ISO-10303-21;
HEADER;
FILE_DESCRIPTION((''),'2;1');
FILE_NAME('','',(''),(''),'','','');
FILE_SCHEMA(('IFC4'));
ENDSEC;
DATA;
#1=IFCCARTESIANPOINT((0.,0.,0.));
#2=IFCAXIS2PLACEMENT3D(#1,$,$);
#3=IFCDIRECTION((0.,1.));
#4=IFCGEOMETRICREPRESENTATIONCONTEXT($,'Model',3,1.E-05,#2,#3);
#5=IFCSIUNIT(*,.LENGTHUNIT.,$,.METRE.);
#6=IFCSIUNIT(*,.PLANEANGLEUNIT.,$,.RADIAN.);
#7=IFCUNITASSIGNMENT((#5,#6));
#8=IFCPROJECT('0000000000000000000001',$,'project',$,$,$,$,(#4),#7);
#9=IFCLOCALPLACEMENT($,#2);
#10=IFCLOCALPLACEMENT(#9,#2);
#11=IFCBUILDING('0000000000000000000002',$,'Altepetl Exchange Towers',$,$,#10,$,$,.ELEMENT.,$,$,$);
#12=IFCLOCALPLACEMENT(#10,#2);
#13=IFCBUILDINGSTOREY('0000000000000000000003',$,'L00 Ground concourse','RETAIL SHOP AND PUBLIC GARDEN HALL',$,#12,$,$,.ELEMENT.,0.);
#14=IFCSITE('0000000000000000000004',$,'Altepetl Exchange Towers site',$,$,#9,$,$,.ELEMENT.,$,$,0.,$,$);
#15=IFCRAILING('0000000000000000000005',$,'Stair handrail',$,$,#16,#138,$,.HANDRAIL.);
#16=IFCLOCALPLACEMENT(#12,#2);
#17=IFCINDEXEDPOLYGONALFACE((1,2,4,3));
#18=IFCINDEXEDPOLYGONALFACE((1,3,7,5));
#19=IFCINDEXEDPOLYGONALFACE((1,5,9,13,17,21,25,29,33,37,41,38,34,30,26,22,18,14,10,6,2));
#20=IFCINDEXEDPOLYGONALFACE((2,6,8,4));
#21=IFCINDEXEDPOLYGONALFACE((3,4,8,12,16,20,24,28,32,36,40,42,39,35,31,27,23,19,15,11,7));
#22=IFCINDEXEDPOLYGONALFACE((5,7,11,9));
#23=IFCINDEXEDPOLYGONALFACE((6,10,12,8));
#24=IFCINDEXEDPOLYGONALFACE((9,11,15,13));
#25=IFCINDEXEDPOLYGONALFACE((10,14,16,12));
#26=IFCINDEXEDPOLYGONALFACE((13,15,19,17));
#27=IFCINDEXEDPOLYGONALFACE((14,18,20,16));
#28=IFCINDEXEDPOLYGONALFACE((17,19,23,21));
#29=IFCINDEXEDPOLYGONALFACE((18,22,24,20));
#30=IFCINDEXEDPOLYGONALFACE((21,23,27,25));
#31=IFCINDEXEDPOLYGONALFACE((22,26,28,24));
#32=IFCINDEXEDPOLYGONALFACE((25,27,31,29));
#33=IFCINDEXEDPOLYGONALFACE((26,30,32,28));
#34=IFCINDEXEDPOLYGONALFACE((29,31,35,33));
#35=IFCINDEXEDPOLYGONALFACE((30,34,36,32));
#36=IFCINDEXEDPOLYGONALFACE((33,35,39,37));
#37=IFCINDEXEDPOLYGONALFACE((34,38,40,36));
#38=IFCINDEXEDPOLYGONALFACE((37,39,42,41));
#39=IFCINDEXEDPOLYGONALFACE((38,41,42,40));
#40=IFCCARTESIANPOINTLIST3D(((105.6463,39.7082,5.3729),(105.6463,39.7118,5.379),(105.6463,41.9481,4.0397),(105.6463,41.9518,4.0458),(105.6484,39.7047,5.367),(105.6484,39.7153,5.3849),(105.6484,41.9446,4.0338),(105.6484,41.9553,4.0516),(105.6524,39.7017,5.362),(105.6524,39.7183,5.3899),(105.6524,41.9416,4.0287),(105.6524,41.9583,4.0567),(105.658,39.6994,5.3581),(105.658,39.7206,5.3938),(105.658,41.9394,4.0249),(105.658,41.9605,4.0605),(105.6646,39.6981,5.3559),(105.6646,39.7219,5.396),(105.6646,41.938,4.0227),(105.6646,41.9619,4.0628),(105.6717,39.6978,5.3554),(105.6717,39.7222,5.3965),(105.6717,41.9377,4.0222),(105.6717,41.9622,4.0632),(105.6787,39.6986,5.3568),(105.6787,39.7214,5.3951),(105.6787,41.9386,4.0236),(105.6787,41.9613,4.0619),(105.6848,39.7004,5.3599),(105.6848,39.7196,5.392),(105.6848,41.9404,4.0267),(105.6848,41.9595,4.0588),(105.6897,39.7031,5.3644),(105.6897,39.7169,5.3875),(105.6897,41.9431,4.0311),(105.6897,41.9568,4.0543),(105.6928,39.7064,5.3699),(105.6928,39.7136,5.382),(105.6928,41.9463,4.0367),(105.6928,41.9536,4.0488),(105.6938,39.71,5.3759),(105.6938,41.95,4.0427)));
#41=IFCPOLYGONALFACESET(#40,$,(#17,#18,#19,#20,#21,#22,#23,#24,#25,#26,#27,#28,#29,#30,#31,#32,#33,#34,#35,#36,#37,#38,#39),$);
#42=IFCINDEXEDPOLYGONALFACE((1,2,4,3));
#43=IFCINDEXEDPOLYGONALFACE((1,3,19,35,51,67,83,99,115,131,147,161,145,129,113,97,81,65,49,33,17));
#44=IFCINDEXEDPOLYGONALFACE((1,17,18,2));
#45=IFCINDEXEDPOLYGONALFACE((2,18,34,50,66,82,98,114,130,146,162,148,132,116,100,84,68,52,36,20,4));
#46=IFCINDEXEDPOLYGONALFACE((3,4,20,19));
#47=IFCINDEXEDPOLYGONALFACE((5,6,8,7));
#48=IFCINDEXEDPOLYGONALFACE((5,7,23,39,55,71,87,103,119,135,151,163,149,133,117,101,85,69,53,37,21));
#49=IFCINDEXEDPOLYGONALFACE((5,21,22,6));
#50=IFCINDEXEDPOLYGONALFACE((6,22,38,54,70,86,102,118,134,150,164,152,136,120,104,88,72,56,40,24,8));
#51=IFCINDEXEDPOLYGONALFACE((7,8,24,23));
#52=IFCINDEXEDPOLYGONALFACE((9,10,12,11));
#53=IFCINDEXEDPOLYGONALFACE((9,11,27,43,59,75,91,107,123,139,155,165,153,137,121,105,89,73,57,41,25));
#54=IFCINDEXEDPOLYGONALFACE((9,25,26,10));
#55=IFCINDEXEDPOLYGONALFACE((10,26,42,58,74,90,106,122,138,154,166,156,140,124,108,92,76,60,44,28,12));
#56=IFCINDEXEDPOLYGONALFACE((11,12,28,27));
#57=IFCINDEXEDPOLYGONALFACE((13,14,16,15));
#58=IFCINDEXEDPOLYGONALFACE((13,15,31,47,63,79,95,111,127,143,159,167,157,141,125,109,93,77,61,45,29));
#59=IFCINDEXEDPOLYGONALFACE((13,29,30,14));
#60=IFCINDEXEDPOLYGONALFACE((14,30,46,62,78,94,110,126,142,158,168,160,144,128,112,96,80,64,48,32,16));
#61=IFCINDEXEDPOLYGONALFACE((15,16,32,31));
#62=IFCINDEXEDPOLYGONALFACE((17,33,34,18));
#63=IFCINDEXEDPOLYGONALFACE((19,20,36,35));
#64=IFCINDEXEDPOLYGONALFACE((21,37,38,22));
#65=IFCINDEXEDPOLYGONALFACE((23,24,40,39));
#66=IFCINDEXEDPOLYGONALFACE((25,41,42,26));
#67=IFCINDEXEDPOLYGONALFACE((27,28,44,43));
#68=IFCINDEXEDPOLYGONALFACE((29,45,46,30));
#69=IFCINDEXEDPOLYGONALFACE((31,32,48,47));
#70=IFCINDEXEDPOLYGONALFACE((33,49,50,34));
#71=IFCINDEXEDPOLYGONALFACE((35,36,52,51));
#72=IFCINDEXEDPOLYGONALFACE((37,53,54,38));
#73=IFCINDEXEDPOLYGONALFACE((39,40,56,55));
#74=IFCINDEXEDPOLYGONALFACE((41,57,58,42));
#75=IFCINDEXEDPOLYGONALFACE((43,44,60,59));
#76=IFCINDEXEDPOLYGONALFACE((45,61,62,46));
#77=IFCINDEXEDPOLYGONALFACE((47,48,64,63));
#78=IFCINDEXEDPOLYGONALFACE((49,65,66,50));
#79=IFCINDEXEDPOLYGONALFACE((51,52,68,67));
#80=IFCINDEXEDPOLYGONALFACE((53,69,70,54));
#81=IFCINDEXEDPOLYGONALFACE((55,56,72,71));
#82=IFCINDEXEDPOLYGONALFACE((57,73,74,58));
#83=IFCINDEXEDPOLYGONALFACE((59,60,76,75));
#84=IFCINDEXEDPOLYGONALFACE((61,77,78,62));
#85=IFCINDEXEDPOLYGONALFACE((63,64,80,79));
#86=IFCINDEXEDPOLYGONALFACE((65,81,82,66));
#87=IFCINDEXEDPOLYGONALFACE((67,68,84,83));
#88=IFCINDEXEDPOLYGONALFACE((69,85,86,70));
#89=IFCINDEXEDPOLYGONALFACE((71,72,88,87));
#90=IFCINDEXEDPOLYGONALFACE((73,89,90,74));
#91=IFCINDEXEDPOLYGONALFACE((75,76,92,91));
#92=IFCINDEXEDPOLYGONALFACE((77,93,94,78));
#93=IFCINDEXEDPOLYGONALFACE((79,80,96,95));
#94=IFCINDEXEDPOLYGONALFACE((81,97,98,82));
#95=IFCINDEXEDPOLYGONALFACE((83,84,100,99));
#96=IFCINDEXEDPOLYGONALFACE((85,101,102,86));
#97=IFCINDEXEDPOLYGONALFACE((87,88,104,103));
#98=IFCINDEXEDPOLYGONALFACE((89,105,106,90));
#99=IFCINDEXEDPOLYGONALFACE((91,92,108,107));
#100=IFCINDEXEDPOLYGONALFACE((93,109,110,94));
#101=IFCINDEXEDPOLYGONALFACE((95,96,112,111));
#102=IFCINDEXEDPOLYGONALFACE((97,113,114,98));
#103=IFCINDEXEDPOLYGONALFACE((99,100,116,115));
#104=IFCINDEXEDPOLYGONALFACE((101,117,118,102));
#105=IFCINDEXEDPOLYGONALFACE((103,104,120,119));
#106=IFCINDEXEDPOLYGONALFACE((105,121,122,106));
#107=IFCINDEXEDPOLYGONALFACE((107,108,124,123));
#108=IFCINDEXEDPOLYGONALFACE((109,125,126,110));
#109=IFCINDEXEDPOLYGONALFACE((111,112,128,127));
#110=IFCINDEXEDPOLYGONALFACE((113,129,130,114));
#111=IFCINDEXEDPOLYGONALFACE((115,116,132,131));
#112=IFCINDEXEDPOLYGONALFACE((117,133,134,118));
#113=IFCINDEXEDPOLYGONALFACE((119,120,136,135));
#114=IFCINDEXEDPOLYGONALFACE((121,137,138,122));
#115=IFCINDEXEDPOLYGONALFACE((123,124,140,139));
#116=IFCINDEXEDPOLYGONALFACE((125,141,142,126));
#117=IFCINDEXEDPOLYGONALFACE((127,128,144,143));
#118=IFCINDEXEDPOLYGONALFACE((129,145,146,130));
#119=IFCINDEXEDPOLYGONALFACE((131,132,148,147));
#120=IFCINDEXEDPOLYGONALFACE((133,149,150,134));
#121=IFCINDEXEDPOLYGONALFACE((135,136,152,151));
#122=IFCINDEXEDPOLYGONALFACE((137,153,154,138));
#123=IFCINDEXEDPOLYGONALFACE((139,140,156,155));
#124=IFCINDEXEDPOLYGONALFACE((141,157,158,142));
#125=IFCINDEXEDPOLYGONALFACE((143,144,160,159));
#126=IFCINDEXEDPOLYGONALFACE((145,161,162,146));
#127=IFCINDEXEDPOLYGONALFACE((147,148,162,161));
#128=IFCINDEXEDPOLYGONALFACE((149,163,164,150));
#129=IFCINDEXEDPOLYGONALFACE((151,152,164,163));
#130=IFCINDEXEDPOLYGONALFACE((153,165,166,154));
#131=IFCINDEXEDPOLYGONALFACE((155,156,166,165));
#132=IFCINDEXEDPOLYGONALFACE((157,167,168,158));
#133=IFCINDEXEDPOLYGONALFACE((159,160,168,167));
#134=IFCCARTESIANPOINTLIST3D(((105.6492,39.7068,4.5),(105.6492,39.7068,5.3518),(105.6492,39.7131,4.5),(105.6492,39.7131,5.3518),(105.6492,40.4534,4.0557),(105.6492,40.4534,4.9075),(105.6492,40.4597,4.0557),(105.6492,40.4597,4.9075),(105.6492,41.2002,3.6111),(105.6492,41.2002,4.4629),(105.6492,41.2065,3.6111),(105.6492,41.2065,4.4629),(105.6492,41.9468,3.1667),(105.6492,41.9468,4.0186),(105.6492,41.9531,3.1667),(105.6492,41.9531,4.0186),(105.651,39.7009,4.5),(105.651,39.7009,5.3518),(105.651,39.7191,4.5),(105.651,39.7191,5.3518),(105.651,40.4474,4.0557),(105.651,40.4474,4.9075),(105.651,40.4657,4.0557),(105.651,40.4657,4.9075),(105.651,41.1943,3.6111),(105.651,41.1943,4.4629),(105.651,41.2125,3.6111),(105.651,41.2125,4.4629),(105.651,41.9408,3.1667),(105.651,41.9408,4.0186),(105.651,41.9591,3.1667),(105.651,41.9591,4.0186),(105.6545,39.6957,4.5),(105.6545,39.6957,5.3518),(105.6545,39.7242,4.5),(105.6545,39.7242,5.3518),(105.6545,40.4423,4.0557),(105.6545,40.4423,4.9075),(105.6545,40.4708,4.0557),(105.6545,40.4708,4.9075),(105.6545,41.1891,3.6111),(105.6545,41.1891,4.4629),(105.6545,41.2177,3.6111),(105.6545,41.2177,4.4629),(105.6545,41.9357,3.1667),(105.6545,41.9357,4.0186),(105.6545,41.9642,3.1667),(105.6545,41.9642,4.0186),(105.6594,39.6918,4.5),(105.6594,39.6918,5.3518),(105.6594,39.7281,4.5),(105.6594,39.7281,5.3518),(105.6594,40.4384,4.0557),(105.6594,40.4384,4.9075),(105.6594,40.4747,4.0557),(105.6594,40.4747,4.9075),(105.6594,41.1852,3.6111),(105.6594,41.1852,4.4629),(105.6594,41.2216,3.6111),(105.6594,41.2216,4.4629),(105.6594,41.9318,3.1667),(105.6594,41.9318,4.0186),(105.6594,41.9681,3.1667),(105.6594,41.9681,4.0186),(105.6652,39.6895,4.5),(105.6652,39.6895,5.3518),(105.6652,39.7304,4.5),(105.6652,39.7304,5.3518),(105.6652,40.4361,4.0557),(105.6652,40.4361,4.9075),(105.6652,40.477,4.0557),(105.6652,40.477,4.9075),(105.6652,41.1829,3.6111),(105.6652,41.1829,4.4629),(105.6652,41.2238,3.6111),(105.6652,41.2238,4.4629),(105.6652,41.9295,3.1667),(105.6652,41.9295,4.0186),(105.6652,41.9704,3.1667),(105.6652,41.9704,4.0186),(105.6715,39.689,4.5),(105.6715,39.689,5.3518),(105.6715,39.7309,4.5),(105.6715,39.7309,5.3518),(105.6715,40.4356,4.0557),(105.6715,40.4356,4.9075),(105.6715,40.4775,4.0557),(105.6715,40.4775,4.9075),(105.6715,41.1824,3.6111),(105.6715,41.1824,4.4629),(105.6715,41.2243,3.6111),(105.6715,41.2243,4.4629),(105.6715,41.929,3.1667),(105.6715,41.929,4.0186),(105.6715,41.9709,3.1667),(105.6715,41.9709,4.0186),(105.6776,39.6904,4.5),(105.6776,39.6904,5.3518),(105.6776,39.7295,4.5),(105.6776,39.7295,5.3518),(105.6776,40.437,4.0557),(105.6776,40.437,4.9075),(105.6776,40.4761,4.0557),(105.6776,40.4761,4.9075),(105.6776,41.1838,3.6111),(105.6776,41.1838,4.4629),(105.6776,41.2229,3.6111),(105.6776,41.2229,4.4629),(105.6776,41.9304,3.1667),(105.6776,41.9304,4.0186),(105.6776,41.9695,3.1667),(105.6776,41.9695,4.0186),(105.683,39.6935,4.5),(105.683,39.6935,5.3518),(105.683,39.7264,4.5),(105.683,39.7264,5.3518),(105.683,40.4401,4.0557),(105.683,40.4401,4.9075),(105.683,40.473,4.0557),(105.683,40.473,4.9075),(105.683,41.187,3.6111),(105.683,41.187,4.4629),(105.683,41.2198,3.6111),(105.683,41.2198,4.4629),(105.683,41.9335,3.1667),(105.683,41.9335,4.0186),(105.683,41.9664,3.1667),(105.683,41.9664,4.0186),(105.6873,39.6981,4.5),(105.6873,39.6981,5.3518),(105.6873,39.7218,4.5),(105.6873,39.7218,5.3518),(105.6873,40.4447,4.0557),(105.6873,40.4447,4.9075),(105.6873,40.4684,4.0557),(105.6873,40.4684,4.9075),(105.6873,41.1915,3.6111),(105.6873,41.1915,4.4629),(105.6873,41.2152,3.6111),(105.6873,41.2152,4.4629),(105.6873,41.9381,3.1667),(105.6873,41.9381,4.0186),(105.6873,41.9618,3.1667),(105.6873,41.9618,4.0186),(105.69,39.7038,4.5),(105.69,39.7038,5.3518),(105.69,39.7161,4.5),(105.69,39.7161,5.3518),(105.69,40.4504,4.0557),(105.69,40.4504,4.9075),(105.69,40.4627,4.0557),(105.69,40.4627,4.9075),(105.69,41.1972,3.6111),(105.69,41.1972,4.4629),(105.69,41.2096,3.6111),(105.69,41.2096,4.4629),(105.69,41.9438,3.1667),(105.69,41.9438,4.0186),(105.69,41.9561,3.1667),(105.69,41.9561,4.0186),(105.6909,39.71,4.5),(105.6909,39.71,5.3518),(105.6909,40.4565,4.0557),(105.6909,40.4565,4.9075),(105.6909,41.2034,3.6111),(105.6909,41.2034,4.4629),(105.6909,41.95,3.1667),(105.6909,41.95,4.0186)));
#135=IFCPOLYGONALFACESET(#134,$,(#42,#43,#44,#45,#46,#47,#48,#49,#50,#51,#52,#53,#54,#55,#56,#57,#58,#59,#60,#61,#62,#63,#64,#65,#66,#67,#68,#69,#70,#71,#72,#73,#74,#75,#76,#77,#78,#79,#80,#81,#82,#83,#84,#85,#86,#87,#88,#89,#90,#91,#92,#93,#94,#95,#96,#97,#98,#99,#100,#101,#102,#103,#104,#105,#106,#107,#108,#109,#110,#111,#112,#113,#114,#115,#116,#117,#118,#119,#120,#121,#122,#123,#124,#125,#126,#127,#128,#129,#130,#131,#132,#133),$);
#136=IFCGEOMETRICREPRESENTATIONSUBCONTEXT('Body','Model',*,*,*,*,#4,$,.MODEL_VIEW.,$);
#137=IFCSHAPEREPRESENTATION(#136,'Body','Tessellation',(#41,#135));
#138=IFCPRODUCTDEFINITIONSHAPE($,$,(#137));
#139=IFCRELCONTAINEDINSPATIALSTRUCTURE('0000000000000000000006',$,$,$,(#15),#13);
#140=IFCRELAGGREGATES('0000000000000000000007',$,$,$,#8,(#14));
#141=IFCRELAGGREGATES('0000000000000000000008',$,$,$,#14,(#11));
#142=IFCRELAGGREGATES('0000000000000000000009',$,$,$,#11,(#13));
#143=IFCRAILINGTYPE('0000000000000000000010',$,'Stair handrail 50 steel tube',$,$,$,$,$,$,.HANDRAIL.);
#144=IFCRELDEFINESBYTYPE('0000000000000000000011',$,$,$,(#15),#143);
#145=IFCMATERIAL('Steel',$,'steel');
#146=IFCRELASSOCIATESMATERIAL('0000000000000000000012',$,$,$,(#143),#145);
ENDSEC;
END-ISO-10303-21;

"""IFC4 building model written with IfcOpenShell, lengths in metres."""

from ifc_helpers import new_model, si_unit, direction, frame, origin, origin_2d, place, context, subcontext, project, spatial, circle, extrude, source, transform, mapped, material, type_object, element, save


model = new_model("IFC4")

# Units and contexts
model_context = context("Model", 3, precision=1e-05, world=origin(), true_north=direction((0.0, 1.0)))
body_context = subcontext(model_context, "Body", "Model", "MODEL_VIEW")
ifc_project = project(units=[si_unit("LENGTHUNIT", "METRE"), si_unit("PLANEANGLEUNIT", "RADIAN")], contexts=[model_context])

# Site, building, storey
site_placement = place(None, origin())
site = spatial("IfcSite", under=ifc_project, at=site_placement, Name="Altepetl Exchange Towers site", CompositionType="ELEMENT", RefElevation=0.0)
building_placement = place(site_placement, origin())
building = spatial("IfcBuilding", under=site, at=building_placement, Name="Altepetl Exchange Towers", CompositionType="ELEMENT")
storey_placement = place(building_placement, origin())
storey = spatial("IfcBuildingStorey", under=building, at=storey_placement, Name="L00 Ground concourse", Description="RETAIL SHOP AND PUBLIC GARDEN HALL", CompositionType="ELEMENT", Elevation=0.0)

# Railing
ifc_material_1 = material(Name="Steel", Category="steel")
railing_type = type_object("IfcRailingType", Name="Stair handrail 50 steel tube", PredefinedType="HANDRAIL", material=ifc_material_1)
shared_shape = source(origin(), body_context, "Body", "SweptSolid", [
    extrude(circle(Radius=0.021, at=origin_2d()), origin(), (0.0, 0.0, 1.0), 0.8518),
])
for number, where, name in (
    (1, (105.6699, 41.95, 3.1667), "Stair handrail"),
):
    element("IfcRailing", number, at=place(storey_placement, frame(where)), inside=storey, type_object=railing_type, Name=name, PredefinedType="HANDRAIL", context=body_context, shape_type="SweptSolid", body=[
        extrude(circle(Radius=0.0239, at=origin_2d()), frame((0.0, 0.0, 0.876), z_axis=(0.0, -0.859306, 0.511462), x_axis=(1.0, 0.0, 0.0)), (0.0, 0.0, 1.0), 2.6067),
        mapped(shared_shape, transform((0.0, 0.0, 0.0))),
        mapped(shared_shape, transform((0.0, -0.7466, 0.4443))),
        mapped(shared_shape, transform((0.0, -1.4934, 0.8889))),
        mapped(shared_shape, transform((0.0, -2.24, 1.3333))),
    ])

save(model, "model.ifc")
